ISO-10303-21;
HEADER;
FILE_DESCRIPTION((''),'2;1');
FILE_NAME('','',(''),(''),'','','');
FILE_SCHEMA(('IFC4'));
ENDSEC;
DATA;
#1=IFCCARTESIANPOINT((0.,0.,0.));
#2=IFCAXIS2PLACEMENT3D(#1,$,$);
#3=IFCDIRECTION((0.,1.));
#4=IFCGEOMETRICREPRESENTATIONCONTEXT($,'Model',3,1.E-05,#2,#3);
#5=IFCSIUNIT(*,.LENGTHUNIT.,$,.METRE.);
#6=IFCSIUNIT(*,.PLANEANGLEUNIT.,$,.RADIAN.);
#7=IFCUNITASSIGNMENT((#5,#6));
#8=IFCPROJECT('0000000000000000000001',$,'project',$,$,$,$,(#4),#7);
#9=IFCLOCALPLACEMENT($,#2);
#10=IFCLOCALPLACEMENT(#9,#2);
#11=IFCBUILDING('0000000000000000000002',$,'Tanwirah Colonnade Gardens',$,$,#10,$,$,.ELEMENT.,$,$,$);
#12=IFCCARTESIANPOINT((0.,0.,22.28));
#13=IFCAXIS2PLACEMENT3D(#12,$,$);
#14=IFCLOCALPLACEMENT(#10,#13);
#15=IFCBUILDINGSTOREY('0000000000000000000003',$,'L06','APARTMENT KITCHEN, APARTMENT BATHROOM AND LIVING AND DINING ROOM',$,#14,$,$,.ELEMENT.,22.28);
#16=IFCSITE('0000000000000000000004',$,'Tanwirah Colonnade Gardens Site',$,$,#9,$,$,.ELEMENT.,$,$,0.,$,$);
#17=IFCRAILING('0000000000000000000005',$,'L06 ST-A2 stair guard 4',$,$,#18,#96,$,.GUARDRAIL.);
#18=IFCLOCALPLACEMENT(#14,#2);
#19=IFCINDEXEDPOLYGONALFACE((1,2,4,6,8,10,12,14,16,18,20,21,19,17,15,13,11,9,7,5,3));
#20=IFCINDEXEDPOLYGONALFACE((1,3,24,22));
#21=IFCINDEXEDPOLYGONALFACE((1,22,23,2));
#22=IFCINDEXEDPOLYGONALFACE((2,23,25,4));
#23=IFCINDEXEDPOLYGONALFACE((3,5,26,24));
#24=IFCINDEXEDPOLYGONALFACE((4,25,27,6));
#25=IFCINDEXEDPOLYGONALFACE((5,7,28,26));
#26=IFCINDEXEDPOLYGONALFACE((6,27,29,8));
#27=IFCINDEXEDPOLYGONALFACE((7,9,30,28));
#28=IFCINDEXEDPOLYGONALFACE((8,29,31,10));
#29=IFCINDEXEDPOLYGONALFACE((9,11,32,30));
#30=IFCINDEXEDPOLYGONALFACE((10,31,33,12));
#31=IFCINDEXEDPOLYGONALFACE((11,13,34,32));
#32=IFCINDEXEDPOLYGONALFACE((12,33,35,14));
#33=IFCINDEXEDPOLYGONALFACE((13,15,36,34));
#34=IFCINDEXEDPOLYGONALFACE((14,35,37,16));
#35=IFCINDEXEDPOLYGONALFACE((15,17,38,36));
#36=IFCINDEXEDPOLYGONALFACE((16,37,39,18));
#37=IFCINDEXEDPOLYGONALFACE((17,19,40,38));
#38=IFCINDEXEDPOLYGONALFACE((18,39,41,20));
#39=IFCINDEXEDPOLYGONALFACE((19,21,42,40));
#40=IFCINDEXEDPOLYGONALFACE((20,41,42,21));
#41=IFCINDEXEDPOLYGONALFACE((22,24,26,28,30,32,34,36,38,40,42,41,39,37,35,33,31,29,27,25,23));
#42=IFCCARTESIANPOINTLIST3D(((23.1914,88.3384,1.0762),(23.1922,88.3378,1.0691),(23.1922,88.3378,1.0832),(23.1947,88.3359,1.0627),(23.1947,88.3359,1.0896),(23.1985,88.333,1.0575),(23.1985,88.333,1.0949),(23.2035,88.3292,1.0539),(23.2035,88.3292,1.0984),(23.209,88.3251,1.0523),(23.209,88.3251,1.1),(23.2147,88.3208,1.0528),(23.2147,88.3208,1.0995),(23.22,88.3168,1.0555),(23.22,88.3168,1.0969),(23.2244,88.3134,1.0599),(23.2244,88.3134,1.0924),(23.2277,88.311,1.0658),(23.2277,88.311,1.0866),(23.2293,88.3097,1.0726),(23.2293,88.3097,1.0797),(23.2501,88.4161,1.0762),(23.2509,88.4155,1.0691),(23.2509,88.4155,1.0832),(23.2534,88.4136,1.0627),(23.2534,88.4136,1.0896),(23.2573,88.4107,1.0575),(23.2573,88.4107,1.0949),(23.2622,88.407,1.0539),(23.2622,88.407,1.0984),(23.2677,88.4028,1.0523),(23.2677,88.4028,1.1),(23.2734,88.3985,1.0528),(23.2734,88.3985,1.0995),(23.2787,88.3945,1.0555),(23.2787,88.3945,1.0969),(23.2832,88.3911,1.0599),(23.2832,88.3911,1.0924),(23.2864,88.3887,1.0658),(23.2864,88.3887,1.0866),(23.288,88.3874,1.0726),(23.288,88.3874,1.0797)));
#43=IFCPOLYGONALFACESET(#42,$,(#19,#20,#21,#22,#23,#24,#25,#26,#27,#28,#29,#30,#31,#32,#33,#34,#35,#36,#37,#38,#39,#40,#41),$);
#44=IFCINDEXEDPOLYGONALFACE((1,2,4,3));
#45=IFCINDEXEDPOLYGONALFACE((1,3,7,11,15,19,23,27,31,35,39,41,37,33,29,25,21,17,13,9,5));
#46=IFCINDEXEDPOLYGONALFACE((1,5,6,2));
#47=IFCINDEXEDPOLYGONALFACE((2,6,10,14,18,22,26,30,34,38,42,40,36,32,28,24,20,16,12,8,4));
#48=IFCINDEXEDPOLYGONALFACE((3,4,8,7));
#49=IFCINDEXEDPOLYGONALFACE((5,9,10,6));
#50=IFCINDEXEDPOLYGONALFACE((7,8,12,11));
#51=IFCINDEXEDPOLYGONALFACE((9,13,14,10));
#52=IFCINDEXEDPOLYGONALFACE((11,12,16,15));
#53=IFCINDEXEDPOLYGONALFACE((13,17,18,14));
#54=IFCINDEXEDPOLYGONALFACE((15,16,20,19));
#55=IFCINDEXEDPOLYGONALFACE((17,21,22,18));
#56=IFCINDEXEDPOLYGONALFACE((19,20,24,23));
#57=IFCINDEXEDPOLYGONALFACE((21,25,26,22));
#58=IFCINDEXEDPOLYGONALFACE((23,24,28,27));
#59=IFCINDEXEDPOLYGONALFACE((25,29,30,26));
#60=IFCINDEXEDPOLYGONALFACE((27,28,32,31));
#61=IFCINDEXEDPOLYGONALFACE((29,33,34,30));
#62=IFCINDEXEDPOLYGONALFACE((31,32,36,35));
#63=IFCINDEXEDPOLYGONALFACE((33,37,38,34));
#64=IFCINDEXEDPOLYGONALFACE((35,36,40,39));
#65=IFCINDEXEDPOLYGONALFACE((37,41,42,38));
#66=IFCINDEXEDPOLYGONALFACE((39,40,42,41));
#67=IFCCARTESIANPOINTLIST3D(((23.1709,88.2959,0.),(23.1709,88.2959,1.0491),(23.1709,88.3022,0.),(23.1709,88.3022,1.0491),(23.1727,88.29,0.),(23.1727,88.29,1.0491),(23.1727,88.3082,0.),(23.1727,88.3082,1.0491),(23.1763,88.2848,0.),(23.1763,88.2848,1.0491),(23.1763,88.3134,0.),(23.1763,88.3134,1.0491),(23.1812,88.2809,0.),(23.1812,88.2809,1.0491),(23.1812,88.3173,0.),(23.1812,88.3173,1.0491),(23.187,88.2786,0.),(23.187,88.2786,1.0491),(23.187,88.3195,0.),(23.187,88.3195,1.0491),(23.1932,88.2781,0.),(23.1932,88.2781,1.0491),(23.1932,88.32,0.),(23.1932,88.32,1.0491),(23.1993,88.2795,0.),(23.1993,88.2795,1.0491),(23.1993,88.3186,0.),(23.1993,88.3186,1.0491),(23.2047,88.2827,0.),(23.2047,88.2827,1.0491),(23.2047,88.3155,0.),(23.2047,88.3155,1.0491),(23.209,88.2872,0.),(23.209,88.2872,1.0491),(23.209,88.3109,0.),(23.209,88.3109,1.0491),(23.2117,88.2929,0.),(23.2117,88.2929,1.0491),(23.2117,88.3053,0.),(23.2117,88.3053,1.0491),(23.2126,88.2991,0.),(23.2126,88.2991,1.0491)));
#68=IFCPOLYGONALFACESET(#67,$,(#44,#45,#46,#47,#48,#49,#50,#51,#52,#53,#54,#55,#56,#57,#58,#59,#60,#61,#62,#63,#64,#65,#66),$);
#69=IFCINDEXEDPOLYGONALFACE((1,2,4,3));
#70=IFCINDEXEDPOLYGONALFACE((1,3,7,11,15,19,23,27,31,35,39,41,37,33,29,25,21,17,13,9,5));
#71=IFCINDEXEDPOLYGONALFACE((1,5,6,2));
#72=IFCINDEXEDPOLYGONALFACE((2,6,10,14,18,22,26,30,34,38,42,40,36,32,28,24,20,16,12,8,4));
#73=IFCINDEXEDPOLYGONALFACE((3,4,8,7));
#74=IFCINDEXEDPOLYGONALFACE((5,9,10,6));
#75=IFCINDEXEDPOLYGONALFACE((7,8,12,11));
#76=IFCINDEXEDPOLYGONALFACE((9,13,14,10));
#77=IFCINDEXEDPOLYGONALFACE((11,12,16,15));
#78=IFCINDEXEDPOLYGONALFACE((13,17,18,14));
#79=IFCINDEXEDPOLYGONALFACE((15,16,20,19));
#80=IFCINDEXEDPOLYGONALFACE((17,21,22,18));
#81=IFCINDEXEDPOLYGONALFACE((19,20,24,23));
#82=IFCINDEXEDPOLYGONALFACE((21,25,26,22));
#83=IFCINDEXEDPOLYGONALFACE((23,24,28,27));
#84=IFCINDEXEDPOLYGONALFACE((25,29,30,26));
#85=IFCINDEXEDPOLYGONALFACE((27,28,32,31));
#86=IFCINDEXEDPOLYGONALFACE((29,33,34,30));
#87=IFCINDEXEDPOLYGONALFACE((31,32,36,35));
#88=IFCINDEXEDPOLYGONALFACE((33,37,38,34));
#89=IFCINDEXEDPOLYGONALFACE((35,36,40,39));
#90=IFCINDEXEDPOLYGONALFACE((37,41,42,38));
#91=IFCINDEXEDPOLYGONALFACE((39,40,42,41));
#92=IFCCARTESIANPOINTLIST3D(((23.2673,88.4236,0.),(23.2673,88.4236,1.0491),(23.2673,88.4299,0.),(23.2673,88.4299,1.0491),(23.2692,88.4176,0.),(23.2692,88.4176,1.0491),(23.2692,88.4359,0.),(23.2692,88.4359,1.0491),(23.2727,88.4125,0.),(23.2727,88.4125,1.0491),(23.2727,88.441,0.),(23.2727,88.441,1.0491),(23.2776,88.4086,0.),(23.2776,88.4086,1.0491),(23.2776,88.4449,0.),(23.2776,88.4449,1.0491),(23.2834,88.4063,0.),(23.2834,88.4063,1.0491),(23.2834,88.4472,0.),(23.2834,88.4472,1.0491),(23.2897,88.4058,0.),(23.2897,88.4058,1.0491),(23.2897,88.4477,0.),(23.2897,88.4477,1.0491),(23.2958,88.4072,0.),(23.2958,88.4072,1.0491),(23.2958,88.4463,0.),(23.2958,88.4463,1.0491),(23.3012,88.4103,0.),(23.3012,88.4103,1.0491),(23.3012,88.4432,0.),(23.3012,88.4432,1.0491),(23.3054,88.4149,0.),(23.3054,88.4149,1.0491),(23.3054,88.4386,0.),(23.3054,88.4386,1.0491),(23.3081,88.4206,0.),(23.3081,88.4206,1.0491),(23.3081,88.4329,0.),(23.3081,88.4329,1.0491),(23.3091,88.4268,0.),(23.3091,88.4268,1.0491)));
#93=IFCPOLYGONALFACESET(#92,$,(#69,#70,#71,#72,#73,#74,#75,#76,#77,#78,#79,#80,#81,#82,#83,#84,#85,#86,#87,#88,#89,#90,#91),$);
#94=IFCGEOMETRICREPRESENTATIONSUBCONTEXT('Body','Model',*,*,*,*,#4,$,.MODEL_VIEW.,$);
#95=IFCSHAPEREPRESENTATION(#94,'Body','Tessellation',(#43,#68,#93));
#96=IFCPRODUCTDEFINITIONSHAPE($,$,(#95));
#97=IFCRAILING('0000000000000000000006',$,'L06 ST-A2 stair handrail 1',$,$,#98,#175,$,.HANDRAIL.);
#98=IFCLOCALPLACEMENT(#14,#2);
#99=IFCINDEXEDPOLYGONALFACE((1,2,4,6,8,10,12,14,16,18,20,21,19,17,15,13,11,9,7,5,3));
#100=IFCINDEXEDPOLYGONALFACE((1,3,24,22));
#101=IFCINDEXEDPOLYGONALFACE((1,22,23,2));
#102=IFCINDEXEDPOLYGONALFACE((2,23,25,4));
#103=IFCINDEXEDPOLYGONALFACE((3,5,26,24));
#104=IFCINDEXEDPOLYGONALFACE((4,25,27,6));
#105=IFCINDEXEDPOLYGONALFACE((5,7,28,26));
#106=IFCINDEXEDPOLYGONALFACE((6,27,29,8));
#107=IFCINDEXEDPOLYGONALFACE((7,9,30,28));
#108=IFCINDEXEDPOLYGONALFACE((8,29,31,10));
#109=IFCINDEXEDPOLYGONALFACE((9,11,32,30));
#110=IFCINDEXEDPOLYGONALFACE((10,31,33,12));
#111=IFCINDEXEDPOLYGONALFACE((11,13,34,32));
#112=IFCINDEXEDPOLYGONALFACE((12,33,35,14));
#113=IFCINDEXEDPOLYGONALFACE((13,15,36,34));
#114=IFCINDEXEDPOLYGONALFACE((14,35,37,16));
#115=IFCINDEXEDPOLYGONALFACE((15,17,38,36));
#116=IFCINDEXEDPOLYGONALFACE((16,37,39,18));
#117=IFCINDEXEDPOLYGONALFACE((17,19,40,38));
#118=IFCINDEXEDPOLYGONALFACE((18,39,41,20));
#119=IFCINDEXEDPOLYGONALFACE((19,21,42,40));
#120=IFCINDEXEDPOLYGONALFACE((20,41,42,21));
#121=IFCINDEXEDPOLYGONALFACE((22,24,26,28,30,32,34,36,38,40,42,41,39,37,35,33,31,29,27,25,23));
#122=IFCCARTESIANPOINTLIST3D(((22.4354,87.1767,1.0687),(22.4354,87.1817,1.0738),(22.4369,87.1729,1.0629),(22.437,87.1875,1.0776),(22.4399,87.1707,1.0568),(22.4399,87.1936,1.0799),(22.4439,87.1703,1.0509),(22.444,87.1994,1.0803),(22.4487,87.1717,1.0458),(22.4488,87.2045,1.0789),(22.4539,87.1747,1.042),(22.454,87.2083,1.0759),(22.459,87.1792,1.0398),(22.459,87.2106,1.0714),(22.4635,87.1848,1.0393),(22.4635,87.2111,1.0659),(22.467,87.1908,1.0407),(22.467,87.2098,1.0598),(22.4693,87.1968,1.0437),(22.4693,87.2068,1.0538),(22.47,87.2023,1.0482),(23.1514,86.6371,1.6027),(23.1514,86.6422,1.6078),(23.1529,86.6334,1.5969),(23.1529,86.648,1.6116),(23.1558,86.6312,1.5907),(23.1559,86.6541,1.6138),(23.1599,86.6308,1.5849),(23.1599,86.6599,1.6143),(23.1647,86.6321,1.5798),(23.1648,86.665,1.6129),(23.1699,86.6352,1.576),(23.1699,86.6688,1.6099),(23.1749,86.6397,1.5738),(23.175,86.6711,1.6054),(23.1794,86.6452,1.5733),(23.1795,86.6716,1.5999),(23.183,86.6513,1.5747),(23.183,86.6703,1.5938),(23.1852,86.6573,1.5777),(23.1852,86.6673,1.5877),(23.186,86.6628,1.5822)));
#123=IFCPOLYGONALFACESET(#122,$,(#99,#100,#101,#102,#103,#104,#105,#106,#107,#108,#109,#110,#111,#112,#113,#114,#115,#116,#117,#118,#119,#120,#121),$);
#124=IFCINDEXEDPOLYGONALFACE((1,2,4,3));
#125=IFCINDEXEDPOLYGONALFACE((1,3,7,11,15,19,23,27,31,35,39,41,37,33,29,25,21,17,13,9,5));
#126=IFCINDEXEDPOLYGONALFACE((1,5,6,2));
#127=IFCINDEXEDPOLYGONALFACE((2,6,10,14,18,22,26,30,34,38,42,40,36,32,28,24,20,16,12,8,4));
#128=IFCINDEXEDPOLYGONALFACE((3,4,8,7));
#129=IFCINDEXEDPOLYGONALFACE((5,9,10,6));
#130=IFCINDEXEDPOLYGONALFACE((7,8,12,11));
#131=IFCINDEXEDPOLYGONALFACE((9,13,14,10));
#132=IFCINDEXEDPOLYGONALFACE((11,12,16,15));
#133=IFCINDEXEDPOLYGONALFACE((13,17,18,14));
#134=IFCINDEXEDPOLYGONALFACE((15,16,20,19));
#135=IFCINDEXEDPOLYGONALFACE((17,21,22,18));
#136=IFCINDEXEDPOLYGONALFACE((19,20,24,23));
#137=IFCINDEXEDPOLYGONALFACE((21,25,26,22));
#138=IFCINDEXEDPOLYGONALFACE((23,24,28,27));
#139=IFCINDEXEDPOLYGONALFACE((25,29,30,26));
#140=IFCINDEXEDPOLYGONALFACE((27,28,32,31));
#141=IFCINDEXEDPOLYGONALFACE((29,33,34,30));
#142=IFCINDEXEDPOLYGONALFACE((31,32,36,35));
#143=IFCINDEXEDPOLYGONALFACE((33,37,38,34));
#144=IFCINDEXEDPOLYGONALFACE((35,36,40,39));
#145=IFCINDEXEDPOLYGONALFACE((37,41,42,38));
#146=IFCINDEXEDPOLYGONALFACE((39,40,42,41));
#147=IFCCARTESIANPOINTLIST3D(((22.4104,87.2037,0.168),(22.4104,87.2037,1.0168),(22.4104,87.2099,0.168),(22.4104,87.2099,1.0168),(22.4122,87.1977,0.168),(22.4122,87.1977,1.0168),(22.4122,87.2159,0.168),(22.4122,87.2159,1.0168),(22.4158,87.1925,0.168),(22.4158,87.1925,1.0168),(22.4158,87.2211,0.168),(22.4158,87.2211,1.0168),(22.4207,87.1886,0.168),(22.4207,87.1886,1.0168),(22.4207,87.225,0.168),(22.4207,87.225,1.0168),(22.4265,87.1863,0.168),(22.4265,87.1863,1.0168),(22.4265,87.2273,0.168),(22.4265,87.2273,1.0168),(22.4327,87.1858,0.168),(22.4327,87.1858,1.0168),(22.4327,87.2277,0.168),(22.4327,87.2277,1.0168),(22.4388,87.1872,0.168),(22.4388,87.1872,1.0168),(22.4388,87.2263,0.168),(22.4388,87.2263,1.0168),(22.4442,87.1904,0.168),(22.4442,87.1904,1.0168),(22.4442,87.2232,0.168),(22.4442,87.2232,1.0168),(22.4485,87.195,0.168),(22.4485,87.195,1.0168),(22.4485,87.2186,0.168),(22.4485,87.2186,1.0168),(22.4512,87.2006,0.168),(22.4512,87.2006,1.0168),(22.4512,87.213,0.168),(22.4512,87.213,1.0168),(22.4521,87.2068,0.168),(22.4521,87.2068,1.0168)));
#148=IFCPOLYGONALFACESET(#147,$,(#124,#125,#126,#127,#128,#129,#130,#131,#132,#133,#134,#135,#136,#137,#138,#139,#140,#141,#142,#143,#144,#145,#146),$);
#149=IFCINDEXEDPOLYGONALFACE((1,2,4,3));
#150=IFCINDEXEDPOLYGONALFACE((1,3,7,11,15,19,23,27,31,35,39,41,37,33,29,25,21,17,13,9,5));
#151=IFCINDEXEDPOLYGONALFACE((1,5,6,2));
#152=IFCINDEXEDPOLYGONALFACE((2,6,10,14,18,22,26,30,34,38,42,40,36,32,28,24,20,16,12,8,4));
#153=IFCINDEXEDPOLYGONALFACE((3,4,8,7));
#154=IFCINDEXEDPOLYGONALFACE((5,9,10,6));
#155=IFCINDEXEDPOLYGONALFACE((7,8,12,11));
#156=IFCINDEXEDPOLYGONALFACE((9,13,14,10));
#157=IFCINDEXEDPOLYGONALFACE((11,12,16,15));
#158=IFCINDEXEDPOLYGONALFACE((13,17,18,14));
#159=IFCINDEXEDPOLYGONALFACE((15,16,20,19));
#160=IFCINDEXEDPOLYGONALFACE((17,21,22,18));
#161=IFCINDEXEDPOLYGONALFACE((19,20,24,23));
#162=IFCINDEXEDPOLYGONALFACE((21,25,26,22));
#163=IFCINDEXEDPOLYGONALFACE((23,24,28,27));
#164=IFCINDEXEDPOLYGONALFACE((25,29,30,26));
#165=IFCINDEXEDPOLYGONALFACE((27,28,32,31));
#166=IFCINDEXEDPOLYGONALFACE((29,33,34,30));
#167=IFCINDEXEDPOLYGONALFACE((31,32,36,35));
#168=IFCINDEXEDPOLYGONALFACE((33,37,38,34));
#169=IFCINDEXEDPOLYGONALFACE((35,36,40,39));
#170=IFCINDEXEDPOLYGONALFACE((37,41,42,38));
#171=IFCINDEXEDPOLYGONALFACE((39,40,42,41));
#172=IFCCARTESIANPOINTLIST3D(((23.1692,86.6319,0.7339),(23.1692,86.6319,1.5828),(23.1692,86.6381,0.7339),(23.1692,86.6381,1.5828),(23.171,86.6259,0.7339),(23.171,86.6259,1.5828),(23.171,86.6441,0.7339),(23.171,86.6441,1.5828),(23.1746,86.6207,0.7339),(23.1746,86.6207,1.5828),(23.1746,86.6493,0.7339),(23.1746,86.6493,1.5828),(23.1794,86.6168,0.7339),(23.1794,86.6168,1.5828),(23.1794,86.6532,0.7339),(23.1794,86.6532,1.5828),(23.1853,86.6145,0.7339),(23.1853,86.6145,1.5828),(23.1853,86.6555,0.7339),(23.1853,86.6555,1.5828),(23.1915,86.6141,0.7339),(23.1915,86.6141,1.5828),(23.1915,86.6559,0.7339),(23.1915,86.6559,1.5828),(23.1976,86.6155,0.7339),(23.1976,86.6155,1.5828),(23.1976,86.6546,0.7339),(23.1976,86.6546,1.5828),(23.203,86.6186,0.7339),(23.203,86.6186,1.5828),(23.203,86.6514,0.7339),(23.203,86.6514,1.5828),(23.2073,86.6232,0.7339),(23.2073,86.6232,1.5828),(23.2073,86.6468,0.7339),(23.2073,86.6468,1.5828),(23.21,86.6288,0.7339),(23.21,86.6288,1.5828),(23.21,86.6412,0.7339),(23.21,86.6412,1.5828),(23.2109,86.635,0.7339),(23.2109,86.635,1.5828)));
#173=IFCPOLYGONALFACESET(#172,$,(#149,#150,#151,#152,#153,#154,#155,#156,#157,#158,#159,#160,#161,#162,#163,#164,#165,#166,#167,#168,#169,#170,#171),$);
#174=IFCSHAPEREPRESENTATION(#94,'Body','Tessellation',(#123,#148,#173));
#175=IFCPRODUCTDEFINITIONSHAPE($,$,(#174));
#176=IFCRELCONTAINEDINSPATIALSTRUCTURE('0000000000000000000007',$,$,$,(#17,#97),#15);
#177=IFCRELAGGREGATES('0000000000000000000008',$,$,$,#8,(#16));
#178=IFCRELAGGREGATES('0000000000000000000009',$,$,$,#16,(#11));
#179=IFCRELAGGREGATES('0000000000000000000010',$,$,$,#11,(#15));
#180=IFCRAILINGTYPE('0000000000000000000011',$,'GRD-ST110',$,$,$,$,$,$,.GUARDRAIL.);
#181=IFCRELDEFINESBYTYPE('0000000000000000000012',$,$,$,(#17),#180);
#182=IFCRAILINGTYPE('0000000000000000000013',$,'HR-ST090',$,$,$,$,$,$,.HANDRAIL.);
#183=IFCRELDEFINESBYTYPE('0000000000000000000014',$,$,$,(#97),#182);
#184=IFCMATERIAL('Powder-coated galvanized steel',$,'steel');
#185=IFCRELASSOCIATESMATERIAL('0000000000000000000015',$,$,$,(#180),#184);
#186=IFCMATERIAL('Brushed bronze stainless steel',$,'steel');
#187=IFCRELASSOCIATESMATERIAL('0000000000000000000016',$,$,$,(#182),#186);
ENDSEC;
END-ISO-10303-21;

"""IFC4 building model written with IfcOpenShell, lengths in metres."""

from ifc_helpers import new_model, si_unit, direction, frame, origin, origin_2d, place, context, subcontext, project, spatial, circle, extrude, material, type_object, element, save


model = new_model("IFC4")

# Units and contexts
model_context = context("Model", 3, precision=1e-05, world=origin(), true_north=direction((0.0, 1.0)))
body_context = subcontext(model_context, "Body", "Model", "MODEL_VIEW")
ifc_project = project(units=[si_unit("LENGTHUNIT", "METRE"), si_unit("PLANEANGLEUNIT", "RADIAN")], contexts=[model_context])

# Site, building, storey
site_placement = place(None, origin())
site = spatial("IfcSite", under=ifc_project, at=site_placement, Name="Tanwirah Colonnade Gardens Site", CompositionType="ELEMENT", RefElevation=0.0)
building_placement = place(site_placement, origin())
building = spatial("IfcBuilding", under=site, at=building_placement, Name="Tanwirah Colonnade Gardens", CompositionType="ELEMENT")
storey_placement = place(building_placement, frame((0.0, 0.0, 22.28)))
storey = spatial("IfcBuildingStorey", under=building, at=storey_placement, Name="L06", Description="APARTMENT KITCHEN, APARTMENT BATHROOM AND LIVING AND DINING ROOM", CompositionType="ELEMENT", Elevation=22.28)

# Railings
ifc_material_1 = material(Name="Powder-coated galvanized steel", Category="steel")
railing_type_1 = type_object("IfcRailingType", Name="GRD-ST110", PredefinedType="GUARDRAIL", material=ifc_material_1)
railing_1_placement = place(storey_placement, frame((23.1917, 88.2991, 0.0)))
element("IfcRailing", 1, at=railing_1_placement, inside=storey, type_object=railing_type_1, Name="L06 ST-A2 stair guard 4", PredefinedType="GUARDRAIL", context=body_context, shape_type="SweptSolid", body=[
    extrude(circle(Radius=0.0239, at=origin_2d()), frame((0.0188, 0.0249, 1.0762), z_axis=(0.602682, 0.797981, 0.0), x_axis=(-0.797981, 0.602682, 0.0)), (0.0, 0.0, 1.0), 0.0974),
    extrude(circle(Radius=0.021, at=origin_2d()), origin(), (0.0, 0.0, 1.0), 1.0491),
    extrude(circle(Radius=0.021, at=origin_2d()), frame((0.0964, 0.1277, 0.0)), (0.0, 0.0, 1.0), 1.0491),
])
ifc_material_2 = material(Name="Brushed bronze stainless steel", Category="steel")
railing_type_2 = type_object("IfcRailingType", Name="HR-ST090", PredefinedType="HANDRAIL", material=ifc_material_2)
railing_2_placement = place(storey_placement, frame((22.4312, 87.2068, 0.168)))
element("IfcRailing", 2, at=railing_2_placement, inside=storey, type_object=railing_type_2, Name="L06 ST-A2 stair handrail 1", PredefinedType="HANDRAIL", context=body_context, shape_type="SweptSolid", body=[
    extrude(circle(Radius=0.0239, at=origin_2d()), frame((0.0215, -0.0161, 0.8918), z_axis=(0.686145, -0.517037, 0.511739), x_axis=(0.601807, 0.798641, 0.0)), (0.0, 0.0, 1.0), 1.0435),
    extrude(circle(Radius=0.021, at=origin_2d()), origin(), (0.0, 0.0, 1.0), 0.8489),
    extrude(circle(Radius=0.021, at=origin_2d()), frame((0.7588, -0.5718, 0.5659)), (0.0, 0.0, 1.0), 0.8489),
])

save(model, "model.ifc")
